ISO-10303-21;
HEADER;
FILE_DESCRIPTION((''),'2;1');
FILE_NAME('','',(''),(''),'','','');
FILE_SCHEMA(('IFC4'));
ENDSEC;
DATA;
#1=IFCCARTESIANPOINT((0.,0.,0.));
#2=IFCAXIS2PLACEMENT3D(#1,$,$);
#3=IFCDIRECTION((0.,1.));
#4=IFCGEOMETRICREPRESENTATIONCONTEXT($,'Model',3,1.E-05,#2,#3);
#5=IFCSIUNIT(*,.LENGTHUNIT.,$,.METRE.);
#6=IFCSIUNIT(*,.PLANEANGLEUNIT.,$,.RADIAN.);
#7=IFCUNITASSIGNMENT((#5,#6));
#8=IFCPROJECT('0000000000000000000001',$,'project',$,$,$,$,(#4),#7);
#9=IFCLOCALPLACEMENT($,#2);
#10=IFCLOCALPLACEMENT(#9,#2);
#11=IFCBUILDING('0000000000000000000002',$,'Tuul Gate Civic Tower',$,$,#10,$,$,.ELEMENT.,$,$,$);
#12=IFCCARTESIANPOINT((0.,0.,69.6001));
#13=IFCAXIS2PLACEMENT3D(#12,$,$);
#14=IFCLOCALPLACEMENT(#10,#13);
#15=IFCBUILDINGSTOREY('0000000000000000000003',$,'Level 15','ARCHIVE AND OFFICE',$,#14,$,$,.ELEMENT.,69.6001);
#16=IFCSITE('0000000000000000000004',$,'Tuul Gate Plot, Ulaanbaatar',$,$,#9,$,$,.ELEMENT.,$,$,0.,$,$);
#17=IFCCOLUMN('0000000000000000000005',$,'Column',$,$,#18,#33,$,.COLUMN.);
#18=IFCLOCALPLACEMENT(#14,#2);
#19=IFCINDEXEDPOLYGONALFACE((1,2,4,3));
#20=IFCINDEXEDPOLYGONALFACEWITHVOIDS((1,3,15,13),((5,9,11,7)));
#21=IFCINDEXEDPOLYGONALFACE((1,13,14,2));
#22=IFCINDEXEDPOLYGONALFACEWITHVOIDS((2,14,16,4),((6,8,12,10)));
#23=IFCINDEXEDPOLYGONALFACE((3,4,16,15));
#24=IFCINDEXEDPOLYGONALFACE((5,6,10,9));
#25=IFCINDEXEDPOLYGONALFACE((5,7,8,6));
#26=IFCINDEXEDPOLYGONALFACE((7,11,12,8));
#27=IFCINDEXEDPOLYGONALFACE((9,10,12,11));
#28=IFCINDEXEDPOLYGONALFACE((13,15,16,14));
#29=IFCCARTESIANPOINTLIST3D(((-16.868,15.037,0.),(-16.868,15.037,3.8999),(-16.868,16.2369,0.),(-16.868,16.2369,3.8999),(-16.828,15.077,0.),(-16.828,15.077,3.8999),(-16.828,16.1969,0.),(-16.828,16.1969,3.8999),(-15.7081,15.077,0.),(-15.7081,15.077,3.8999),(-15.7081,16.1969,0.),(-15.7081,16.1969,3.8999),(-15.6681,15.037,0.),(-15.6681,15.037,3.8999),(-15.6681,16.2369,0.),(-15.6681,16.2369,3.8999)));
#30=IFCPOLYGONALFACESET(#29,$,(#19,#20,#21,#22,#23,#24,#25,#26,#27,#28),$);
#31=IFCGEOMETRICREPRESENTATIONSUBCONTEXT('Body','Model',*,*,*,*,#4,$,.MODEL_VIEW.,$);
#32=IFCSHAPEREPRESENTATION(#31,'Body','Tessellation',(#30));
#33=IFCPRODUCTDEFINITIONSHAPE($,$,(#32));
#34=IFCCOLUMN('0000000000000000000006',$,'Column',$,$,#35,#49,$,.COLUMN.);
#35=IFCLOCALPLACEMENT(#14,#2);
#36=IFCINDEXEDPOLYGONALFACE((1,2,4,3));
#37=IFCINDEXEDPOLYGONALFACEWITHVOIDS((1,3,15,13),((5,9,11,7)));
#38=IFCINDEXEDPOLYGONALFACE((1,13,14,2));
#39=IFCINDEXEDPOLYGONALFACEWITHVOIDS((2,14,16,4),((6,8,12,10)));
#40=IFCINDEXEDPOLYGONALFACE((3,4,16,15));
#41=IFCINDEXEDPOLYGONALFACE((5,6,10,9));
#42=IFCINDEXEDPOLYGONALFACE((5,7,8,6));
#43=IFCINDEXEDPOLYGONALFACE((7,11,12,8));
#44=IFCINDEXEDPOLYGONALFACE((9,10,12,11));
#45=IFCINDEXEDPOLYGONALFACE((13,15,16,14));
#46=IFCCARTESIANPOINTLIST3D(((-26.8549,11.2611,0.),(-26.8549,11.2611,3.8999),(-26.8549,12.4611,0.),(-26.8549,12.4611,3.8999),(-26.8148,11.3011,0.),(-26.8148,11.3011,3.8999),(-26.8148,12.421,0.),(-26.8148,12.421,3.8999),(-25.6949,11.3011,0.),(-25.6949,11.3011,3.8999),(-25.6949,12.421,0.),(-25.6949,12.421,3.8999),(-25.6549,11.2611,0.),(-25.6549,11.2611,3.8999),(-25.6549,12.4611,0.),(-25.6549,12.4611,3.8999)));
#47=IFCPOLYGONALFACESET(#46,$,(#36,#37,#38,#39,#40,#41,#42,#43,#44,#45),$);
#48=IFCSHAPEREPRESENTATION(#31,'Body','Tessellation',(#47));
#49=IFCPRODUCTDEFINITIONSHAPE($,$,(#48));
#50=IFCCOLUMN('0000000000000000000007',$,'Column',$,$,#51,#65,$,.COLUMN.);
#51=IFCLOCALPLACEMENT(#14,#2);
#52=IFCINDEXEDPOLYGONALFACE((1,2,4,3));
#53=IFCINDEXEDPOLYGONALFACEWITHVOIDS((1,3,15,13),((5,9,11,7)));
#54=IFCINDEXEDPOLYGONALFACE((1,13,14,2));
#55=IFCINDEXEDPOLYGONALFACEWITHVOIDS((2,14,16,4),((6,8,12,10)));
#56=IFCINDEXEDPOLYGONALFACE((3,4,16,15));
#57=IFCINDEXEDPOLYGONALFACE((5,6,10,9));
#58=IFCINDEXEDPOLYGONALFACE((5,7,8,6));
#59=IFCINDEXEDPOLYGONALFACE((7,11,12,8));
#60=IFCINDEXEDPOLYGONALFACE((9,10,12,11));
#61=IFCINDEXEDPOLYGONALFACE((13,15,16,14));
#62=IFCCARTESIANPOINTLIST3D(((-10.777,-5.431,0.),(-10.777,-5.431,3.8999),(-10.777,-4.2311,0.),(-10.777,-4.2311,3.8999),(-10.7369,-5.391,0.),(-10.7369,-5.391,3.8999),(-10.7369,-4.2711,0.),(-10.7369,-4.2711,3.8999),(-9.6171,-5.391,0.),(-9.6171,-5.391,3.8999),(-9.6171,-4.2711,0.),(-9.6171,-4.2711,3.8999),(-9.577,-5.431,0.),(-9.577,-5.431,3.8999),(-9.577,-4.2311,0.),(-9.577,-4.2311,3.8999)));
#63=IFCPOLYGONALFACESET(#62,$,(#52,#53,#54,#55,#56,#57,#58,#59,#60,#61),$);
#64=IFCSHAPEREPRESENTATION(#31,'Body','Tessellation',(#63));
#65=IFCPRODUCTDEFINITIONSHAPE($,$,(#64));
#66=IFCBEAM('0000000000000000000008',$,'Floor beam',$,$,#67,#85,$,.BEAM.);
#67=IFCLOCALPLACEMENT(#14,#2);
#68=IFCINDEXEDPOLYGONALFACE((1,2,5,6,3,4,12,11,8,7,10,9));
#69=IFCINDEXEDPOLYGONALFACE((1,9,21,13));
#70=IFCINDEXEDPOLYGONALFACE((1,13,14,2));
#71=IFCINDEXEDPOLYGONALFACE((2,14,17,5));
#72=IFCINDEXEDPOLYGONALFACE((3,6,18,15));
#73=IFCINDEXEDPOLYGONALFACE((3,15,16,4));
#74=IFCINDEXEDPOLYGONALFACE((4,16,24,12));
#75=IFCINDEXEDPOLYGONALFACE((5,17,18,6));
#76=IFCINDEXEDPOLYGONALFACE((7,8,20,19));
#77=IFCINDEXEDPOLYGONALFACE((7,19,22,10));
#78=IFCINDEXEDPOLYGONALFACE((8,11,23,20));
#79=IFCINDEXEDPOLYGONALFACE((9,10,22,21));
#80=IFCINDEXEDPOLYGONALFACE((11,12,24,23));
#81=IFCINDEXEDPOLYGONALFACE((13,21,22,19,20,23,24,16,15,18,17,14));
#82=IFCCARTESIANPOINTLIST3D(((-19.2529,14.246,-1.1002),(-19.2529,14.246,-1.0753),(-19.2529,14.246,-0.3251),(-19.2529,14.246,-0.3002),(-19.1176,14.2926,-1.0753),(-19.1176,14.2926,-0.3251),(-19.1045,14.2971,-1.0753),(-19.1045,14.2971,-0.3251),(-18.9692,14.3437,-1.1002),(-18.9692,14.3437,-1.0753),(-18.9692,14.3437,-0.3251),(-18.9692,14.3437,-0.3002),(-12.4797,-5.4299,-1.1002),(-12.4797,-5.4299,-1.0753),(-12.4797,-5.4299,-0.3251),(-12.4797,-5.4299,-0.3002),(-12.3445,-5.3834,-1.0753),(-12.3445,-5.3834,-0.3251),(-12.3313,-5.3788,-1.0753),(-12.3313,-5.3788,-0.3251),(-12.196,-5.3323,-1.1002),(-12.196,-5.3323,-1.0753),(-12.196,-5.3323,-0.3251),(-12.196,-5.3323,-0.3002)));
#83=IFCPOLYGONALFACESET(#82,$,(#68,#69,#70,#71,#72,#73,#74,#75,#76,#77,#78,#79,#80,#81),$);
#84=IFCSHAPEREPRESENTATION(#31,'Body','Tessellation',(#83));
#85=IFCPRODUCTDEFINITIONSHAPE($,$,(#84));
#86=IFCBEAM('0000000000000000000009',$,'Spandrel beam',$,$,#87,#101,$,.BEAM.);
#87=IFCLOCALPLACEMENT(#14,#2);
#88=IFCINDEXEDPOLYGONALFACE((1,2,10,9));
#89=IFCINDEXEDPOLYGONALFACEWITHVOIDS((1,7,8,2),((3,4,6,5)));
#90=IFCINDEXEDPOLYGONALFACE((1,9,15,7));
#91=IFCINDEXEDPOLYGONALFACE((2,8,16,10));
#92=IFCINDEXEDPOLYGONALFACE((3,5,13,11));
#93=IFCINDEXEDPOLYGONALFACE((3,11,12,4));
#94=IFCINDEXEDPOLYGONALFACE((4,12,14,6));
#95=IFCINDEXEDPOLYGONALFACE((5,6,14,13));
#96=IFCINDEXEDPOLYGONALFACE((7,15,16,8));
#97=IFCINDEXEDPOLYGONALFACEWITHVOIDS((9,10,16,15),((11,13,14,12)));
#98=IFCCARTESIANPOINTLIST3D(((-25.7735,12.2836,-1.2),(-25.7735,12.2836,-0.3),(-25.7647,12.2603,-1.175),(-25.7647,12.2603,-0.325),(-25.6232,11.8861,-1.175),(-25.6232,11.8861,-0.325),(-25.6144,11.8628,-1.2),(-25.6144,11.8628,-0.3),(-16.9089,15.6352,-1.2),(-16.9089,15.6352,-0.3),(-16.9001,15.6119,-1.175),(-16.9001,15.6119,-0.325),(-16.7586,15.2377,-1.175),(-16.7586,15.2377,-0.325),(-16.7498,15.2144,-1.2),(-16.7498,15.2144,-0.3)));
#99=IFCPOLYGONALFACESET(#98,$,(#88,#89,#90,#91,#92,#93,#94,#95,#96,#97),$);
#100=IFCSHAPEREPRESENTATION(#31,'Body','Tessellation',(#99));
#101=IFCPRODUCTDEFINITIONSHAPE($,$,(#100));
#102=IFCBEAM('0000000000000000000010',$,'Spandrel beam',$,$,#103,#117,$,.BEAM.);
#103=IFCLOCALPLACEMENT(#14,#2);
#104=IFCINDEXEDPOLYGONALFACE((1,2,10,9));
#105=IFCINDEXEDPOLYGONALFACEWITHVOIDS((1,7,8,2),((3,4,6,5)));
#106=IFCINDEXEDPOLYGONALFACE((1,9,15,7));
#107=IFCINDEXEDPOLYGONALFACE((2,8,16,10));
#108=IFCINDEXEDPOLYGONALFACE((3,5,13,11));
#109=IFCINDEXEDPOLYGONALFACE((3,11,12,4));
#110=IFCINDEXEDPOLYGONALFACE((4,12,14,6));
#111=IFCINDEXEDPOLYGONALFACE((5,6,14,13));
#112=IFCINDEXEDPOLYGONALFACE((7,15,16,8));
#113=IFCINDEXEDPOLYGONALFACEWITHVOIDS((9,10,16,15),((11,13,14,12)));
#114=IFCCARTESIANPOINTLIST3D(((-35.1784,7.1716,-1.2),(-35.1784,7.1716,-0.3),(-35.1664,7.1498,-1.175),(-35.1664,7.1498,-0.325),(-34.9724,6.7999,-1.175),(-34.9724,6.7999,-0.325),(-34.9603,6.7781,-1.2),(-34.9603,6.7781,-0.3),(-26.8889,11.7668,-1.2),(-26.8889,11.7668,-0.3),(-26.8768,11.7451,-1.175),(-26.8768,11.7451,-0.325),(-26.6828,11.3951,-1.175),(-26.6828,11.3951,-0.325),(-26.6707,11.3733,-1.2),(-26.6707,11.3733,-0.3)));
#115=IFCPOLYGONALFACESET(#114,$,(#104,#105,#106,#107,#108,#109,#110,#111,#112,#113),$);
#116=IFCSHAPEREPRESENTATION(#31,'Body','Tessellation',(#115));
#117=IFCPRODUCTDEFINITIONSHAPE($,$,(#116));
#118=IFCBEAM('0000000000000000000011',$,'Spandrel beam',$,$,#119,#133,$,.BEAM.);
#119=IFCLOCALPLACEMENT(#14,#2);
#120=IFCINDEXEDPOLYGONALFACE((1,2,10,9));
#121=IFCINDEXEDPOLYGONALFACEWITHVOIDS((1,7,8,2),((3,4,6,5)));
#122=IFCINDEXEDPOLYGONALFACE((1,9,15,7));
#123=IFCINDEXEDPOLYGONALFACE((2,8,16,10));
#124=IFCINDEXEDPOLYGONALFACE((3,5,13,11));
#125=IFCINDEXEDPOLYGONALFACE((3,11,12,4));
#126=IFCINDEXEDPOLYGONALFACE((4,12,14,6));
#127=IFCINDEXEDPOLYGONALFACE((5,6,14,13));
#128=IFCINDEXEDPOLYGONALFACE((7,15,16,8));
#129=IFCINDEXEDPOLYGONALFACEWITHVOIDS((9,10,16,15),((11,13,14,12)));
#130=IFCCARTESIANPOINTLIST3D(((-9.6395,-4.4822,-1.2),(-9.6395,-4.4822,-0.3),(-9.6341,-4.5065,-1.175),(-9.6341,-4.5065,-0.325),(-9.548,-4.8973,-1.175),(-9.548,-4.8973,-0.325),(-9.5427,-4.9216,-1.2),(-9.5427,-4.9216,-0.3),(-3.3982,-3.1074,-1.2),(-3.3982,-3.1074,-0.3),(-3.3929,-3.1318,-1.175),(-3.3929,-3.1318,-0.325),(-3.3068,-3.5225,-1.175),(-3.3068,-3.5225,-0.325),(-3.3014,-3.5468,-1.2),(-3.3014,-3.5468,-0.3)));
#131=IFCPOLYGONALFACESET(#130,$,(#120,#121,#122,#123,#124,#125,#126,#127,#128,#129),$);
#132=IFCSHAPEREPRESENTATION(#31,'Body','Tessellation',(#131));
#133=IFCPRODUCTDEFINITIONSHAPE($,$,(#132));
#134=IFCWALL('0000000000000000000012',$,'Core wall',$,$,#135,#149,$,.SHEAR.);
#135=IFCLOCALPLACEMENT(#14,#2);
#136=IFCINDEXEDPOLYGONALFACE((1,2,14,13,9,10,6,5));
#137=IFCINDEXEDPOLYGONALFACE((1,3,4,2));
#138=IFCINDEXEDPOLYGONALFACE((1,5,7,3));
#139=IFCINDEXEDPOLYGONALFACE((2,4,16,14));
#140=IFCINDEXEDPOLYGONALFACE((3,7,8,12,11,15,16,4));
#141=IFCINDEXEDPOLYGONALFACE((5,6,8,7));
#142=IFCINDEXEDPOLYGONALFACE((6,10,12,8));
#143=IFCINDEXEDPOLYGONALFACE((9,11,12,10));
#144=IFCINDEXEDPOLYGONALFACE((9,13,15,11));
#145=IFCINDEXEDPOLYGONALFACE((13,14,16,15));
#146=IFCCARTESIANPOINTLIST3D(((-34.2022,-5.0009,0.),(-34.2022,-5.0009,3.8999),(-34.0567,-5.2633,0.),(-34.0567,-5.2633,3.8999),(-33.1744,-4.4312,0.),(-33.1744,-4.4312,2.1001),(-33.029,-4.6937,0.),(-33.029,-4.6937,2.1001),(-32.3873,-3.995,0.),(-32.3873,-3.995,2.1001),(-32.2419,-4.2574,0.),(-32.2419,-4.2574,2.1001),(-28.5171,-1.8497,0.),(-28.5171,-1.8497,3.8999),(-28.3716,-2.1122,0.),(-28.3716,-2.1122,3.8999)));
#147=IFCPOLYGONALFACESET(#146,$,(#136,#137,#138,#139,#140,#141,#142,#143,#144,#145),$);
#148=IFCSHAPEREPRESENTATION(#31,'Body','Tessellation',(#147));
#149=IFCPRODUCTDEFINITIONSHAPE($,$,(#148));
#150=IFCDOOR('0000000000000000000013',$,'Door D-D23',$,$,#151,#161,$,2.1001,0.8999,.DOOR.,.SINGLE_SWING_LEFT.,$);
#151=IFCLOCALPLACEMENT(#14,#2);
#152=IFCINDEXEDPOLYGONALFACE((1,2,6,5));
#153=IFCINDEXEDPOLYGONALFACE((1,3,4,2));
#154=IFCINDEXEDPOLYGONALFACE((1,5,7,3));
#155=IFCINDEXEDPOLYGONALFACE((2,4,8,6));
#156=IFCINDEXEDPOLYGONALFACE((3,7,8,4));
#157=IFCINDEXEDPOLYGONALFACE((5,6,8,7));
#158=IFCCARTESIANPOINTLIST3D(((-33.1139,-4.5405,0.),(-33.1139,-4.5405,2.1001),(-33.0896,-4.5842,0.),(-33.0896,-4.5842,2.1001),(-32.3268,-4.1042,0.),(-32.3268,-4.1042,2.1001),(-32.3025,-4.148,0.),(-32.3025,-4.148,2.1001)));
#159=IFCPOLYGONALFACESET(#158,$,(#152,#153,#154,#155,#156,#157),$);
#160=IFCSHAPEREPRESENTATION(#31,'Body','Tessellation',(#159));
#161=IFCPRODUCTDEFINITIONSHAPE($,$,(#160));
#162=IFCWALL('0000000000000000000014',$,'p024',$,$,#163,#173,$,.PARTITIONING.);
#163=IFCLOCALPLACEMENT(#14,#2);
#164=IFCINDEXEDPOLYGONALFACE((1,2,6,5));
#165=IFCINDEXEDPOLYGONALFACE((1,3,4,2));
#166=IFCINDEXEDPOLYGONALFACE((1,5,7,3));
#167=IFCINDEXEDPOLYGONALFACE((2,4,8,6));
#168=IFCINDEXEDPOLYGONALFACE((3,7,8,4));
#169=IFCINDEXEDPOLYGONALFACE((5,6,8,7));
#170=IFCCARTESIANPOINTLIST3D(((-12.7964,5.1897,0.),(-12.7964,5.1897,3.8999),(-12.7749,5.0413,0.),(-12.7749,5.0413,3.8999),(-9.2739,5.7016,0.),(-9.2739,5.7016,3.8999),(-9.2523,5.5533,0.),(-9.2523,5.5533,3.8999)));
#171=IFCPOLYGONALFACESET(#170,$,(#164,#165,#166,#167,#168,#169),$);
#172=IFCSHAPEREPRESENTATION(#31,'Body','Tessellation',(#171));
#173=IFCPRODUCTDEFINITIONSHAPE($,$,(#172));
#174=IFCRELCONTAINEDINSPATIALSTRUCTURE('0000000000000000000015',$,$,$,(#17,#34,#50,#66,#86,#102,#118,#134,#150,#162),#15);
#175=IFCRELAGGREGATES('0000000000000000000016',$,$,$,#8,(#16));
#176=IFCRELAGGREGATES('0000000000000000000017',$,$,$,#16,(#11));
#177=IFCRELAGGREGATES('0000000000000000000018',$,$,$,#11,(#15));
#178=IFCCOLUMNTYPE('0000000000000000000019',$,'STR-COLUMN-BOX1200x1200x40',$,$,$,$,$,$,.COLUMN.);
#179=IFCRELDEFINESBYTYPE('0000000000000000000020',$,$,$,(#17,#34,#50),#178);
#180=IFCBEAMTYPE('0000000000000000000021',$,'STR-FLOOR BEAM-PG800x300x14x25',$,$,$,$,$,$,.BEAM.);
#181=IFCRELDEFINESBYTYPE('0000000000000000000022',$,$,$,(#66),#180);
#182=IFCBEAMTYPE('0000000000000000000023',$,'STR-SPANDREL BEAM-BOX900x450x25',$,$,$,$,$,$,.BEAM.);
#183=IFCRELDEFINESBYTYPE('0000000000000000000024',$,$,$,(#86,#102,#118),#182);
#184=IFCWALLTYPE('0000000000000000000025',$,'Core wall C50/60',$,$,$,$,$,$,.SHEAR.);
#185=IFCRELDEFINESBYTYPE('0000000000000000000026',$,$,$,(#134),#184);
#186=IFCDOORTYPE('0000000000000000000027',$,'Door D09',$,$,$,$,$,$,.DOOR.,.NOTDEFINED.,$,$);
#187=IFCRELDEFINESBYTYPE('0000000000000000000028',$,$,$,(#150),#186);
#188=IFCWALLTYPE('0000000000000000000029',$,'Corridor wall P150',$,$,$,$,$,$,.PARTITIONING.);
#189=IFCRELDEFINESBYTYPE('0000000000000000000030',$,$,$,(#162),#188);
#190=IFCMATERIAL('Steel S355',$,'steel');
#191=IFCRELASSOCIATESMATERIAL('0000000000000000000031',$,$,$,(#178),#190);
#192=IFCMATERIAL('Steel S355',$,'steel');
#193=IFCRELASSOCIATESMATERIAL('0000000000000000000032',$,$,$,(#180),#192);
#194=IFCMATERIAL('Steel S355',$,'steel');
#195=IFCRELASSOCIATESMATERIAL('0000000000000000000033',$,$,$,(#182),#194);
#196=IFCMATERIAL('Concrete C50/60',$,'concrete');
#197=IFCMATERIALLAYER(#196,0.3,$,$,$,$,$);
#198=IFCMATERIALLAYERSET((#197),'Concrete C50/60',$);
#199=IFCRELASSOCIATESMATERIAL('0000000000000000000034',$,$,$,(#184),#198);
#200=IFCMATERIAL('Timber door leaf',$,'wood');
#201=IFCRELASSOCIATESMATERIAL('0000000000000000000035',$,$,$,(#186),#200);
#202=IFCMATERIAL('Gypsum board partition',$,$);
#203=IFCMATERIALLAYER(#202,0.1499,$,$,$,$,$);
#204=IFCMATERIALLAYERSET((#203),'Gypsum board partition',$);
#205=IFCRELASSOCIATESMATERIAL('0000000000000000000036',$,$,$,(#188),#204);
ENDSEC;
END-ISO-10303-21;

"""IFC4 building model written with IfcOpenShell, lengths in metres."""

from ifc_helpers import new_model, si_unit, direction, frame, frame_2d, origin, origin_2d, place, context, subcontext, project, spatial, rectangle, hollow_rectangle, i_section, extrude, material, layer, layer_set, material_profile, profile_set, type_object, element, fill, save


model = new_model("IFC4")

# Units and contexts
model_context = context("Model", 3, precision=1e-05, world=origin(), true_north=direction((0.0, 1.0)))
body_context = subcontext(model_context, "Body", "Model", "MODEL_VIEW")
ifc_project = project(units=[si_unit("LENGTHUNIT", "METRE"), si_unit("PLANEANGLEUNIT", "RADIAN")], contexts=[model_context])

# Site, building, storey
site_placement = place(None, origin())
site = spatial("IfcSite", under=ifc_project, at=site_placement, Name="Tuul Gate Plot, Ulaanbaatar", CompositionType="ELEMENT", RefElevation=0.0)
building_placement = place(site_placement, origin())
building = spatial("IfcBuilding", under=site, at=building_placement, Name="Tuul Gate Civic Tower", CompositionType="ELEMENT")
storey_placement = place(building_placement, frame((0.0, 0.0, 69.6001)))
storey = spatial("IfcBuildingStorey", under=building, at=storey_placement, Name="Level 15", Description="ARCHIVE AND OFFICE", CompositionType="ELEMENT", Elevation=69.6001)

# Columns
ifc_material_1 = material(Name="Steel S355", Category="steel")
ifc_material_profile_1 = material_profile(ifc_material_1, hollow_rectangle(XDim=1.2, YDim=1.2, WallThickness=0.04, at=origin_2d()), Name="BOX1200x1200x40")
ifc_profile_set_1 = profile_set([ifc_material_profile_1], Name="Steel S355")
column_type = type_object("IfcColumnType", Name="STR-COLUMN-BOX1200x1200x40", PredefinedType="COLUMN", material=ifc_profile_set_1)
for number, where, z_axis, x_axis, name in (
    (1, (-16.2681, 15.637, 0.0), (0.0, 0.0, 1.0), (1.0, 0.0, 0.0), "Column"),
    (2, (-26.2549, 11.8611, 0.0), (0.0, 0.0, 1.0), (1.0, 0.0, 0.0), "Column"),
    (3, (-10.177, -4.8311, 0.0), (0.0, 0.0, 1.0), (1.0, 0.0, 0.0), "Column"),
):
    element("IfcColumn", number, at=place(storey_placement, frame(where, z_axis=z_axis, x_axis=x_axis)), inside=storey, type_object=column_type, Name=name, PredefinedType="COLUMN", context=body_context, shape_type="SweptSolid", body=[
        extrude(hollow_rectangle(XDim=1.2, YDim=1.2, WallThickness=0.04, at=origin_2d()), origin(), (0.0, 0.0, 1.0), 3.8999),
    ])

# Beams
ifc_material_2 = material(Name="Steel S355", Category="steel")
ifc_material_profile_2 = material_profile(ifc_material_2, i_section(OverallWidth=0.3, OverallDepth=0.8, WebThickness=0.0139, FlangeThickness=0.0249, at=origin_2d()), Name="PG800x300x14x25")
ifc_profile_set_2 = profile_set([ifc_material_profile_2], Name="Steel S355")
beam_type_1 = type_object("IfcBeamType", Name="STR-FLOOR BEAM-PG800x300x14x25", PredefinedType="BEAM", material=ifc_profile_set_2)
beam_1_placement = place(storey_placement, frame((-12.3379, -5.3811, -0.7002), z_axis=(-0.325491, 0.945545, 0.0), x_axis=(-0.945545, -0.325491, 0.0)))
element("IfcBeam", 4, at=beam_1_placement, inside=storey, type_object=beam_type_1, Name="Floor beam", PredefinedType="BEAM", context=body_context, shape_type="SweptSolid", body=[
    extrude(i_section(OverallWidth=0.3, OverallDepth=0.8, WebThickness=0.0139, FlangeThickness=0.0249, at=origin_2d()), origin(), (0.0, 0.0, 1.0), 20.8091),
])
ifc_material_3 = material(Name="Steel S355", Category="steel")
ifc_material_profile_3 = material_profile(ifc_material_3, hollow_rectangle(XDim=0.45, YDim=0.8999, WallThickness=0.0249, at=origin_2d()), Name="BOX900x450x25")
ifc_profile_set_3 = profile_set([ifc_material_profile_3], Name="Steel S355")
beam_type_2 = type_object("IfcBeamType", Name="STR-SPANDREL BEAM-BOX900x450x25", PredefinedType="BEAM", material=ifc_profile_set_3)
beam_2_placement = place(storey_placement, frame((-16.8293, 15.4248, -0.75), z_axis=(-0.935376, -0.353655, 0.0), x_axis=(0.353655, -0.935376, 0.0)))
element("IfcBeam", 5, at=beam_2_placement, inside=storey, type_object=beam_type_2, Name="Spandrel beam", PredefinedType="BEAM", context=body_context, shape_type="SweptSolid", body=[
    extrude(hollow_rectangle(XDim=0.45, YDim=0.8999, WallThickness=0.0249, at=origin_2d()), origin(), (0.0, 0.0, 1.0), 9.4771),
])
beam_3_placement = place(storey_placement, frame((-26.7798, 11.5701, -0.75), z_axis=(-0.874609, -0.484829, 0.0), x_axis=(0.484829, -0.874609, 0.0)))
element("IfcBeam", 6, at=beam_3_placement, inside=storey, type_object=beam_type_2, Name="Spandrel beam", PredefinedType="BEAM", context=body_context, shape_type="SweptSolid", body=[
    extrude(hollow_rectangle(XDim=0.45, YDim=0.8999, WallThickness=0.0249, at=origin_2d()), origin(), (0.0, 0.0, 1.0), 9.478),
])
beam_4_placement = place(storey_placement, frame((-9.5911, -4.7019, -0.75), z_axis=(0.976589, 0.215114, 0.0), x_axis=(-0.215114, 0.976589, 0.0)))
element("IfcBeam", 7, at=beam_4_placement, inside=storey, type_object=beam_type_2, Name="Spandrel beam", PredefinedType="BEAM", context=body_context, shape_type="SweptSolid", body=[
    extrude(hollow_rectangle(XDim=0.45, YDim=0.8999, WallThickness=0.0249, at=origin_2d()), origin(), (0.0, 0.0, 1.0), 6.3909),
])

# Wall, opening, door
ifc_material_4 = material(Name="Concrete C50/60", Category="concrete")
ifc_layer_1 = layer(ifc_material_4, 0.3)
ifc_layer_set_1 = layer_set([ifc_layer_1], Name="Concrete C50/60")
wall_type_1 = type_object("IfcWallType", Name="Core wall C50/60", PredefinedType="SHEAR", material=ifc_layer_set_1)
wall_1_placement = place(storey_placement, frame((-28.4443, -1.981, 0.0), z_axis=(0.0, 0.0, 1.0), x_axis=(-0.87463, -0.484791, 0.0)))
wall_1 = element("IfcWall", 8, at=wall_1_placement, inside=storey, type_object=wall_type_1, Name="Core wall", PredefinedType="SHEAR", context=body_context, shape_type="SweptSolid", body=[
    extrude(rectangle(XDim=6.5, YDim=0.3, at=frame_2d((3.25, 0.0))), origin(), (0.0, 0.0, 1.0), 3.8999),
])
opening_1_placement = place(wall_1_placement, frame((4.425, 0.0, 0.0)))
opening_1 = element("IfcOpeningElement", 9, at=opening_1_placement, cuts=wall_1, PredefinedType="OPENING", context=body_context, shape_type="SweptSolid", body=[
    extrude(rectangle(XDim=0.8999, YDim=2.1001, at=frame_2d((0.45, 1.05))), frame((0.0, 0.1602, 0.0), z_axis=(0.0, -1.0, 0.0), x_axis=(1.0, 0.0, 0.0)), (0.0, 0.0, 1.0), 0.3201),
])
ifc_material_5 = material(Name="Timber door leaf", Category="wood")
door_type_1 = type_object("IfcDoorType", Name="Door D09", OperationType="NOTDEFINED", PredefinedType="DOOR", material=ifc_material_5)
door_1_placement = place(opening_1_placement, origin())
door_1 = element("IfcDoor", 10, at=door_1_placement, inside=storey, type_object=door_type_1, Name="Door D-D23", OperationType="SINGLE_SWING_LEFT", OverallHeight=2.1001, OverallWidth=0.8999, PredefinedType="DOOR", context=body_context, shape_type="SweptSolid", body=[
    extrude(rectangle(XDim=0.8999, YDim=2.1001, at=frame_2d((0.45, 1.05))), frame((0.0, 0.0249, 0.0), z_axis=(0.0, -1.0, 0.0), x_axis=(1.0, 0.0, 0.0)), (0.0, 0.0, 1.0), 0.05),
])
fill(opening_1, door_1)

# Wall
ifc_material_6 = material(Name="Gypsum board partition")
ifc_layer_2 = layer(ifc_material_6, 0.1499)
ifc_layer_set_2 = layer_set([ifc_layer_2], Name="Gypsum board partition")
wall_type_2 = type_object("IfcWallType", Name="Corridor wall P150", PredefinedType="PARTITIONING", material=ifc_layer_set_2)
wall_2_placement = place(storey_placement, frame((-12.7856, 5.1155, 0.0), z_axis=(0.0, 0.0, 1.0), x_axis=(0.989602, 0.143831, 0.0)))
element("IfcWall", 11, at=wall_2_placement, inside=storey, type_object=wall_type_2, Name="p024", PredefinedType="PARTITIONING", context=body_context, shape_type="SweptSolid", body=[
    extrude(rectangle(XDim=3.5596, YDim=0.1499, at=frame_2d((1.7798, 0.0))), origin(), (0.0, 0.0, 1.0), 3.8999),
])

save(model, "model.ifc")
